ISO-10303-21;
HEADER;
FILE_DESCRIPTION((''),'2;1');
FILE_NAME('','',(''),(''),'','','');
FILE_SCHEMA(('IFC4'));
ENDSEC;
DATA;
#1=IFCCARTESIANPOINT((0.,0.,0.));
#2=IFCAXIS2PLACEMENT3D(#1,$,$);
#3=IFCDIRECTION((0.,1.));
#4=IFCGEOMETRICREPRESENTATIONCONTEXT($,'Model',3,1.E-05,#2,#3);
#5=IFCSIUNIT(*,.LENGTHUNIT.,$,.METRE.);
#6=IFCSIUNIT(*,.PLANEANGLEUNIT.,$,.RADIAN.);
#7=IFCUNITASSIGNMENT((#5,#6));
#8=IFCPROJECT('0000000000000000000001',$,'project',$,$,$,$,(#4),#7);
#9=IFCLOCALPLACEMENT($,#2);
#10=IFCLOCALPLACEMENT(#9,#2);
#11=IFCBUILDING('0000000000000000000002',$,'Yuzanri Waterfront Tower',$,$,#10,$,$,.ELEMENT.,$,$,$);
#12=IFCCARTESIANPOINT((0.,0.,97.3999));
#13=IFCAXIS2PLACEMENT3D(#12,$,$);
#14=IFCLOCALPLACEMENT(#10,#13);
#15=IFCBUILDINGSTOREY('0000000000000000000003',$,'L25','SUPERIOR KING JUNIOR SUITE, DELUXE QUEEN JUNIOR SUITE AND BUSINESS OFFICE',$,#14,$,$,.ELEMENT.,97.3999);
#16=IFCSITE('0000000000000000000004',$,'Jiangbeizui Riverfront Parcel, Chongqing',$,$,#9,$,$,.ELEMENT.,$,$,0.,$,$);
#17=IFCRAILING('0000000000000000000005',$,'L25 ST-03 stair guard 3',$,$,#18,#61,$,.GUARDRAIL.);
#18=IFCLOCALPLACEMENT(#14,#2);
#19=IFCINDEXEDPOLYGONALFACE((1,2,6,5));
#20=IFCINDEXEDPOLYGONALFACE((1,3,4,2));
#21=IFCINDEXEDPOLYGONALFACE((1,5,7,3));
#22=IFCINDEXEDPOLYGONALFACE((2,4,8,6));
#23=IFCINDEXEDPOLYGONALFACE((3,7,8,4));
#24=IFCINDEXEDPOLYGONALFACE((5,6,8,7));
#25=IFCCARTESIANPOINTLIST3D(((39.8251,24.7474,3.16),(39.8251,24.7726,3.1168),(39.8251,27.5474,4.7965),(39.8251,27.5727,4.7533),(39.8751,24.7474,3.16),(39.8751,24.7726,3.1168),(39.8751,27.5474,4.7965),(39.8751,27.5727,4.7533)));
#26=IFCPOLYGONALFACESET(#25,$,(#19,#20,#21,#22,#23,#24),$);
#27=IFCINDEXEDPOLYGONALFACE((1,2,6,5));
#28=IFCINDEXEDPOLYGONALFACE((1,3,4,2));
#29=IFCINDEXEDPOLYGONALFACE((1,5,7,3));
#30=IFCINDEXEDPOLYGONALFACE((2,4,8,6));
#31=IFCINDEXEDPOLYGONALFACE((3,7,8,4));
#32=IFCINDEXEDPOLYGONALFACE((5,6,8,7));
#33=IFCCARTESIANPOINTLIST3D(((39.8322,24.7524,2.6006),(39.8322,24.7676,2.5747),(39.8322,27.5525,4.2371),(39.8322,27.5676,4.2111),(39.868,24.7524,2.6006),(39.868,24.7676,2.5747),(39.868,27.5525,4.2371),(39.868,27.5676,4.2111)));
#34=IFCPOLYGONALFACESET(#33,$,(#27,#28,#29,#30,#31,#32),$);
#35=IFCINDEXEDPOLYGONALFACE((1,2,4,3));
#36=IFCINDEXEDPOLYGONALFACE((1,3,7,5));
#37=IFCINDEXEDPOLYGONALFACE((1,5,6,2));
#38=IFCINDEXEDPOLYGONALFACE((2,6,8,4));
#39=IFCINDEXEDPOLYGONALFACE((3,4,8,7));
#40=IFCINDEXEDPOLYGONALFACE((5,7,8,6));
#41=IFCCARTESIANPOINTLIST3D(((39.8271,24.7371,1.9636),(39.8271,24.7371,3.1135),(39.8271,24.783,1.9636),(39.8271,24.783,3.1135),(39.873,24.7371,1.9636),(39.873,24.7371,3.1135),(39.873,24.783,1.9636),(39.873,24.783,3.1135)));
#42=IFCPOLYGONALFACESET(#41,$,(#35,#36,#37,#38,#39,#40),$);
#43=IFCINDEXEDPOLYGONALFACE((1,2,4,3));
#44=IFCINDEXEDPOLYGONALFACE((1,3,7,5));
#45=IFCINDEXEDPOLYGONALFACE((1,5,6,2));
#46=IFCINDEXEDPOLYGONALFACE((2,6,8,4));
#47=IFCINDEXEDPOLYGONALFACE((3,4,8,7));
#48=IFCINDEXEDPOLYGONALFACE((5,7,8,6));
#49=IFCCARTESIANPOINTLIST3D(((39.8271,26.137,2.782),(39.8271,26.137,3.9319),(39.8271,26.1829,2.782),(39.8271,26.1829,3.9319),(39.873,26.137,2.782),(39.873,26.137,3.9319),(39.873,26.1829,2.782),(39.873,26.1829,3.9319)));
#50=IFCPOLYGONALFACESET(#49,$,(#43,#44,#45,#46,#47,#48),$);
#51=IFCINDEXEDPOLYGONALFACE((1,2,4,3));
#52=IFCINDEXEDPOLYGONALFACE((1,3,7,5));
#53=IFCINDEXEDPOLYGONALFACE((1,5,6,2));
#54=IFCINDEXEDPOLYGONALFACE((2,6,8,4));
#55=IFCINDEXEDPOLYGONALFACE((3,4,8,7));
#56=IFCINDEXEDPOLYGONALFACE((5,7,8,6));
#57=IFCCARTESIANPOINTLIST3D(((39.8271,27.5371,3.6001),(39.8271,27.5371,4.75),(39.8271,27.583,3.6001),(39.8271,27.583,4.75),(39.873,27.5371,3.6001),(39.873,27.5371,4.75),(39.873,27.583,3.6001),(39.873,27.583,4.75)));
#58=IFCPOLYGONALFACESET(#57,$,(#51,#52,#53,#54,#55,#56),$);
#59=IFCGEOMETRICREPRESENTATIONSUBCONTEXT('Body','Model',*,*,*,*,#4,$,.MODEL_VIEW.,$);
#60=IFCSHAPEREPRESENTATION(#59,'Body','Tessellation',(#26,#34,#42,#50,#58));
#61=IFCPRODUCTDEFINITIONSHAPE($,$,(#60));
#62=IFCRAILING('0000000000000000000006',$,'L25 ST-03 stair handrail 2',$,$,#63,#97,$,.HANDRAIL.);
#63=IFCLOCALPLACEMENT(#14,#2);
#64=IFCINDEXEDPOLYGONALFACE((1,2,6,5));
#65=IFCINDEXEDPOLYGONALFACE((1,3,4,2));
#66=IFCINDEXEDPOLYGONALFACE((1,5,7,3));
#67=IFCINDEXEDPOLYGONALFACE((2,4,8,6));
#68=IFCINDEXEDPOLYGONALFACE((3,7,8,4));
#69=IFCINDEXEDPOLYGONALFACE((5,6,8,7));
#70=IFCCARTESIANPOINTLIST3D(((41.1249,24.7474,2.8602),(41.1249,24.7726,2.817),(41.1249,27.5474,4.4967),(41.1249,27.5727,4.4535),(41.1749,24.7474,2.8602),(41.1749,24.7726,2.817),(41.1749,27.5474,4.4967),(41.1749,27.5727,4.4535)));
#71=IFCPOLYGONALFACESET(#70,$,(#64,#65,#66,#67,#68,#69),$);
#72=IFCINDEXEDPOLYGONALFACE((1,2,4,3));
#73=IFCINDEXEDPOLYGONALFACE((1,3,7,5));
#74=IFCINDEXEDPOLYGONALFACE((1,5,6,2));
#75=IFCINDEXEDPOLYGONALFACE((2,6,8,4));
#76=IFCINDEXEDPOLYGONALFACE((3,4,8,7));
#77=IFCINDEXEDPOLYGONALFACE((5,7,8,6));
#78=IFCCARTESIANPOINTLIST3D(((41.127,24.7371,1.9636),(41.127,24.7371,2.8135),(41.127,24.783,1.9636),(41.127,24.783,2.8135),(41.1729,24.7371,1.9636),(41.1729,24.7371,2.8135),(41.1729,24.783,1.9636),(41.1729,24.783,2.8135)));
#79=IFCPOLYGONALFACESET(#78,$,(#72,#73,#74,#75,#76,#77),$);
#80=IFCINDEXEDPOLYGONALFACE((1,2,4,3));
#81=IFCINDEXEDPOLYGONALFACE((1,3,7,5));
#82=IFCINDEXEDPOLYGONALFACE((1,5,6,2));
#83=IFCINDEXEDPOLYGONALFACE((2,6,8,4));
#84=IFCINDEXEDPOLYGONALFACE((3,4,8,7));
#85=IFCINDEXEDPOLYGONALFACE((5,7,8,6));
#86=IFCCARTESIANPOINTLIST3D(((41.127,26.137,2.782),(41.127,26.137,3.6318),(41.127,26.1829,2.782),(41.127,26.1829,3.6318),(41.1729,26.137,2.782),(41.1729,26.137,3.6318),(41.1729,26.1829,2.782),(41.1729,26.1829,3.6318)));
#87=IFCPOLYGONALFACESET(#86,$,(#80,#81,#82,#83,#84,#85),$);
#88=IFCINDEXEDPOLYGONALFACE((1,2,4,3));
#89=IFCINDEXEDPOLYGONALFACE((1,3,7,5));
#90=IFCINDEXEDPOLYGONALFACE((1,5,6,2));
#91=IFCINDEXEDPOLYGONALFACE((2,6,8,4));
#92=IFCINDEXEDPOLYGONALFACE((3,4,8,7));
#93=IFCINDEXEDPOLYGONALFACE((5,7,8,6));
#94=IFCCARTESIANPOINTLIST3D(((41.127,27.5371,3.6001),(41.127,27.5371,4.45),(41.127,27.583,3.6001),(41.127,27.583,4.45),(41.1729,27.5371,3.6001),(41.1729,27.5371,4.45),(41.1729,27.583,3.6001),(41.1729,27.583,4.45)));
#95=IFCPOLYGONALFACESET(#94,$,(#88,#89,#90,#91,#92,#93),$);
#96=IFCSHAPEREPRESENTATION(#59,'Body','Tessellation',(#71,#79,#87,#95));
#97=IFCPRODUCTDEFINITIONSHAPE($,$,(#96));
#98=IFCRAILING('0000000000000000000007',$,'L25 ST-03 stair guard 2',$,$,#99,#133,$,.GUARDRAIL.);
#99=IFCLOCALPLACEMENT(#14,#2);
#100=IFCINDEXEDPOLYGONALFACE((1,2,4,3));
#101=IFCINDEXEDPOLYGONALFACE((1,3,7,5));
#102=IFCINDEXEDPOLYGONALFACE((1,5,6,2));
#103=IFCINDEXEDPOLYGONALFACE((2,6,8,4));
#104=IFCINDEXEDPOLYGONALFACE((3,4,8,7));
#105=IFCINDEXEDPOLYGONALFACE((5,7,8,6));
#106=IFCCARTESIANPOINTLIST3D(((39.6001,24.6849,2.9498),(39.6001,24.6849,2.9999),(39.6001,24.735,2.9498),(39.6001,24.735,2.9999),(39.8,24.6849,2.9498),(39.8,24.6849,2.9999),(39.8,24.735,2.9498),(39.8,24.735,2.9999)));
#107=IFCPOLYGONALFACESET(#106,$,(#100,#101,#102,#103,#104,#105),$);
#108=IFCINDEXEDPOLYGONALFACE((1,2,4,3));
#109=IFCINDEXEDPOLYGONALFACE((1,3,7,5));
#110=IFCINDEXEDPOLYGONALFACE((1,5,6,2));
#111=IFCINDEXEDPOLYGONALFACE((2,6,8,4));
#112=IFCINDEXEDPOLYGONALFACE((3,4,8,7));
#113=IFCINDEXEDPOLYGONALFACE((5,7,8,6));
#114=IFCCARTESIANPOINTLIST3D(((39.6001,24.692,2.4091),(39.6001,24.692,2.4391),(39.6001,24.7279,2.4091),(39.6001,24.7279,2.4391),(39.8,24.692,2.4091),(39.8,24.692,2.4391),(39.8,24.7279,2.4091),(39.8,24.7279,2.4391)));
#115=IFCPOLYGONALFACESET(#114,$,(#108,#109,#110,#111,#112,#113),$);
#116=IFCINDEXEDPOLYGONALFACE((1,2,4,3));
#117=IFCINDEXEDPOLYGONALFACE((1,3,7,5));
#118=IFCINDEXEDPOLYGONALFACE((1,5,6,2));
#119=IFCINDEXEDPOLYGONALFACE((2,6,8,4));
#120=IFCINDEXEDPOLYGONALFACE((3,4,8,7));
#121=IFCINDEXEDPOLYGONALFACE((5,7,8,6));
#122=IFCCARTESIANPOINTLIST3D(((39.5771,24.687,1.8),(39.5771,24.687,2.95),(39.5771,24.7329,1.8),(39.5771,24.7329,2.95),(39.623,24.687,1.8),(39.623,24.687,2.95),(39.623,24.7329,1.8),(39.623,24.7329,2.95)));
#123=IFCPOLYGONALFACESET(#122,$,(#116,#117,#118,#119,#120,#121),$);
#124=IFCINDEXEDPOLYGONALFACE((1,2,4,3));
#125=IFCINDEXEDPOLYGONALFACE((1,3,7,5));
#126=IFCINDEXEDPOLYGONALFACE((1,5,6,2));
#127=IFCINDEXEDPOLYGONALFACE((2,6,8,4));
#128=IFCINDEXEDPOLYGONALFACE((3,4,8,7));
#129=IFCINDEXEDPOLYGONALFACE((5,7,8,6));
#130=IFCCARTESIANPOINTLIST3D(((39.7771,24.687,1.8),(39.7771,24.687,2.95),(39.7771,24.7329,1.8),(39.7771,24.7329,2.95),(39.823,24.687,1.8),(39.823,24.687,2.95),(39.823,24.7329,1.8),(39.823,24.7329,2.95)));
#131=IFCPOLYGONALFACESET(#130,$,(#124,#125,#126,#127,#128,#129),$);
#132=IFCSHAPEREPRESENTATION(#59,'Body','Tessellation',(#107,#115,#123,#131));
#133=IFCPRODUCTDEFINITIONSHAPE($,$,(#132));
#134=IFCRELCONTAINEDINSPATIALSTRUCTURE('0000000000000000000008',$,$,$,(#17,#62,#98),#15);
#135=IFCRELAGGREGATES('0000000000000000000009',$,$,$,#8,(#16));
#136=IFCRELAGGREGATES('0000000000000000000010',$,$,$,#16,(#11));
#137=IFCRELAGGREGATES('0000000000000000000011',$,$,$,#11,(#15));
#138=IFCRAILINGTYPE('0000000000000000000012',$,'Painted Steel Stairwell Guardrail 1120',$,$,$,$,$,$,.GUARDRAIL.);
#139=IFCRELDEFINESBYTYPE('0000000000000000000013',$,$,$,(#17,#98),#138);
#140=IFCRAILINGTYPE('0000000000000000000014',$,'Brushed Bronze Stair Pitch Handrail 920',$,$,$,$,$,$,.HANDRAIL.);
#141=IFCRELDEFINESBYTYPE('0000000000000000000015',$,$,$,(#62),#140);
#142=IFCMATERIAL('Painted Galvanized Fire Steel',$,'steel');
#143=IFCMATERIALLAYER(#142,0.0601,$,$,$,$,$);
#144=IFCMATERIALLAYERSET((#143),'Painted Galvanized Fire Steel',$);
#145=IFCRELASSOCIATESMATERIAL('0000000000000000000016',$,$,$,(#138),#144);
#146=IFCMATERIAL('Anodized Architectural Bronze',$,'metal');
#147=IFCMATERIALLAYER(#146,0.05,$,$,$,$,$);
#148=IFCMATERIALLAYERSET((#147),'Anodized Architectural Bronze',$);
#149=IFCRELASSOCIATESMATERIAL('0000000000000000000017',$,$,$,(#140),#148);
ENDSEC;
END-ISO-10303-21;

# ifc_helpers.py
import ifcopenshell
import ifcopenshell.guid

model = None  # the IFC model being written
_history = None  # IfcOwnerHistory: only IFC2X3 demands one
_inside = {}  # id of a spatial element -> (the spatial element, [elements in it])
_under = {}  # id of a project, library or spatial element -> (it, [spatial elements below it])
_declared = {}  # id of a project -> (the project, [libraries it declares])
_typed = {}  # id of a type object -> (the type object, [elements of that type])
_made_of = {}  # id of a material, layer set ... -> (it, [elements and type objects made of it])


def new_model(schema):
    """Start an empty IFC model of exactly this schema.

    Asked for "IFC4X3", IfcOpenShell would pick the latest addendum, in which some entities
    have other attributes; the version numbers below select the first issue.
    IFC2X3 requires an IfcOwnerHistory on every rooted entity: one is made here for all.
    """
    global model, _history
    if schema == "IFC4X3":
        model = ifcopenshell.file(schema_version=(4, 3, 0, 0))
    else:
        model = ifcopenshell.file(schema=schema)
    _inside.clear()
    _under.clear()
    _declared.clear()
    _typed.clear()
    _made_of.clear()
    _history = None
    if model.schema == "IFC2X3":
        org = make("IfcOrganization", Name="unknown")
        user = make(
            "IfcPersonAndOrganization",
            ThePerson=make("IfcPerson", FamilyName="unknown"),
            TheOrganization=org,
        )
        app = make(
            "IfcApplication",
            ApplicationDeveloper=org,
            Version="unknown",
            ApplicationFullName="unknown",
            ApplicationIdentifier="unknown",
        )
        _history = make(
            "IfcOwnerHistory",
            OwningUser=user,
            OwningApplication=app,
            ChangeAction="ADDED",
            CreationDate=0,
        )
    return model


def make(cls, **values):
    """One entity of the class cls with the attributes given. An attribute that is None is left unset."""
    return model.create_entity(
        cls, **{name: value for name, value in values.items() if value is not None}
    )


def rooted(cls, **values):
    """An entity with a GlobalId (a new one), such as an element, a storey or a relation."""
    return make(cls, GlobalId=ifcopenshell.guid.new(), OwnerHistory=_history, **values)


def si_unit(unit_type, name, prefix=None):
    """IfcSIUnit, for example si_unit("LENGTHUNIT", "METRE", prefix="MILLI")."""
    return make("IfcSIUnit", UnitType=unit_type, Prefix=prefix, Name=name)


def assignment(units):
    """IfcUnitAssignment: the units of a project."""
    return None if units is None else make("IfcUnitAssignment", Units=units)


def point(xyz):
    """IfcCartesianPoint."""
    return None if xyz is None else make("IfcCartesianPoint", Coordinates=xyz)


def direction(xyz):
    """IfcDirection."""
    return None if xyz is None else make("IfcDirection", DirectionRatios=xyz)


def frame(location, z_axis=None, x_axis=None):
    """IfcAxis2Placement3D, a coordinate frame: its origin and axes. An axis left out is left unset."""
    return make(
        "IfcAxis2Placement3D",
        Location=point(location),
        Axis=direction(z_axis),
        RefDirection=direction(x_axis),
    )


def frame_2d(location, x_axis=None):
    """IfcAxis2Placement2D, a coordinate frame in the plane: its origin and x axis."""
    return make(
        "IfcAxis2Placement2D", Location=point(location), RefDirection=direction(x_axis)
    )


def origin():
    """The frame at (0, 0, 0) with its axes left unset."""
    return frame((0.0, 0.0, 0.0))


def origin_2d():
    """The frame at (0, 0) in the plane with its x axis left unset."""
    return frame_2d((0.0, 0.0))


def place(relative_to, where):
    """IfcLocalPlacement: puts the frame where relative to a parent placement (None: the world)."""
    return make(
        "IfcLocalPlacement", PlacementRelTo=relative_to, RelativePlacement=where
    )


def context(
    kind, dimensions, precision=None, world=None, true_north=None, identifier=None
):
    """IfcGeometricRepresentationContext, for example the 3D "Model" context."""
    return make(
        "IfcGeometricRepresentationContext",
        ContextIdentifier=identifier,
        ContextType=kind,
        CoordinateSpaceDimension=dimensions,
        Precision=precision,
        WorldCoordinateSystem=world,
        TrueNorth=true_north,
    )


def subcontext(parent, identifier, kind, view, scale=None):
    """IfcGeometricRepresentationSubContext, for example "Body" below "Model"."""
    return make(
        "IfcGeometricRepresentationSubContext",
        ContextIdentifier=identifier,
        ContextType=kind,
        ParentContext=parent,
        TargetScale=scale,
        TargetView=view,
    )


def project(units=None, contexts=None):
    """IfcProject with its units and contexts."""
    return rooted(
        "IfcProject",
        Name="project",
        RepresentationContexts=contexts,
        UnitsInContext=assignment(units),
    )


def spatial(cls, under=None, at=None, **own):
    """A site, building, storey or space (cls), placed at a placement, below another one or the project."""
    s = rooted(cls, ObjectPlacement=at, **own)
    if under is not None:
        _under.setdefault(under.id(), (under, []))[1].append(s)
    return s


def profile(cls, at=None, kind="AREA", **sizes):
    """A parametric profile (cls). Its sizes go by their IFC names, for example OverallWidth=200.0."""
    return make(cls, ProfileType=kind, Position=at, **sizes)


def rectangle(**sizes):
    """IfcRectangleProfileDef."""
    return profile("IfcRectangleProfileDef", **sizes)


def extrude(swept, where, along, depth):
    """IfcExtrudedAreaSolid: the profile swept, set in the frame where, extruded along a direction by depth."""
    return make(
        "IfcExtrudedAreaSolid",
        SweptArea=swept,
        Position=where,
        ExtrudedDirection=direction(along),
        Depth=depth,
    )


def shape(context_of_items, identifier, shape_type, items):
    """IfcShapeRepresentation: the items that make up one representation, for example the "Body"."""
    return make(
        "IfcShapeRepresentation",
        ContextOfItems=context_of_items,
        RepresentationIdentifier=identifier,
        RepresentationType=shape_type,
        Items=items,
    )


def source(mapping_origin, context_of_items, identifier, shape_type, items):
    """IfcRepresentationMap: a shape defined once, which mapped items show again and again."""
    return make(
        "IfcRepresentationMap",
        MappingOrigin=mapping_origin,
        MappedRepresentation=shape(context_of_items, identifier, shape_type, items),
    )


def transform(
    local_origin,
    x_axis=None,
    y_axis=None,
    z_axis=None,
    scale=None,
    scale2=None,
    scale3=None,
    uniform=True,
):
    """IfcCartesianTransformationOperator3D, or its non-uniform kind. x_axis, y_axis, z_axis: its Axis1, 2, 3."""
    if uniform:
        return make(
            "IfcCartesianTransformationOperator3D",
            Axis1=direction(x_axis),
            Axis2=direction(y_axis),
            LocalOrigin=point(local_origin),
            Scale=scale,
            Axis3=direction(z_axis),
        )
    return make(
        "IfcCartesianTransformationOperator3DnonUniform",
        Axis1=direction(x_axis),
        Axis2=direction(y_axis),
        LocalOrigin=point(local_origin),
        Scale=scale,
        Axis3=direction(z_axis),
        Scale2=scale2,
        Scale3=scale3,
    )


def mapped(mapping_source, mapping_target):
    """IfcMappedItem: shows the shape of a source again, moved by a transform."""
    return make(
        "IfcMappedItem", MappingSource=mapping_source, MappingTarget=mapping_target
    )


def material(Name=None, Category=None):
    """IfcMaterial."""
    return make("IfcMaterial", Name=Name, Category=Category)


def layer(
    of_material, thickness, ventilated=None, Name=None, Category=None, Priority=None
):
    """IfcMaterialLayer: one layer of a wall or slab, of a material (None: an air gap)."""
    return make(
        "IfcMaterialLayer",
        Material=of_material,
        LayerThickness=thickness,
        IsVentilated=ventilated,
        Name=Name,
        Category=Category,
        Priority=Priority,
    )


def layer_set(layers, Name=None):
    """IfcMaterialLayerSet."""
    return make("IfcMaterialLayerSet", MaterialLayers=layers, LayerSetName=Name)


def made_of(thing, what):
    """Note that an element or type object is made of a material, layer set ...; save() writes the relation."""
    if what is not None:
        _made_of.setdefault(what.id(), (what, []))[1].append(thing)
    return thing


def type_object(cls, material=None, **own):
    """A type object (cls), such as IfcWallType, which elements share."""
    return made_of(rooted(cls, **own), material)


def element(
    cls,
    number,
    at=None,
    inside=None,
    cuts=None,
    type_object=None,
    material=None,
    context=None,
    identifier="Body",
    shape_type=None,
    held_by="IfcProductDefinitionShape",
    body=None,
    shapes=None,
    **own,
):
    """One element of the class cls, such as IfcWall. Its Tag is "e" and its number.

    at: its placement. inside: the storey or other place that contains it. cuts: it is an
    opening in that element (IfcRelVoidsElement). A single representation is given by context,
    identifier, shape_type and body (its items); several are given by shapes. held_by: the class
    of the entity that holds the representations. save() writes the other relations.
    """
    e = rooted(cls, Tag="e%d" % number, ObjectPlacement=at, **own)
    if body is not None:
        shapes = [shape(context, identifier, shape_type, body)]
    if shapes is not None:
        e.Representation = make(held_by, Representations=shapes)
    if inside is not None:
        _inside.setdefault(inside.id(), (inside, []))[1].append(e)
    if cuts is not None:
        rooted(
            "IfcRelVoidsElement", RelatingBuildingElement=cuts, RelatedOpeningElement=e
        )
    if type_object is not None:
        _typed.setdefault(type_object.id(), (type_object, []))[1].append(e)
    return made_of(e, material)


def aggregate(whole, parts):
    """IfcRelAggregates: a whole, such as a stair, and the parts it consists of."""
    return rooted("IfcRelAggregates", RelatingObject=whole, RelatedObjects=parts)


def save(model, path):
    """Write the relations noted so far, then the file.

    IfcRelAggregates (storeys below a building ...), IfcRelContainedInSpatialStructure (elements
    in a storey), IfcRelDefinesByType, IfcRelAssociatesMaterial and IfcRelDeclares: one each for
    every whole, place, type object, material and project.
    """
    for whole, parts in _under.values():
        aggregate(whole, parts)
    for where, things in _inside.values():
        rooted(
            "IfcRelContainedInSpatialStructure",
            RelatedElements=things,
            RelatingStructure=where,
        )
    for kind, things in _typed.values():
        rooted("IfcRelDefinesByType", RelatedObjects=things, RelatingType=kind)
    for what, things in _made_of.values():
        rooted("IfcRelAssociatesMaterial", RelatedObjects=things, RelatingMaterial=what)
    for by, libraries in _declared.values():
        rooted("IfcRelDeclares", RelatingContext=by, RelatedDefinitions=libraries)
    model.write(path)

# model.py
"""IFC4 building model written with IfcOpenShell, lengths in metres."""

from ifc_helpers import new_model, si_unit, direction, frame, origin, origin_2d, place, context, subcontext, project, spatial, rectangle, extrude, source, transform, mapped, material, layer, layer_set, type_object, element, save


model = new_model("IFC4")

# Units and contexts
model_context = context("Model", 3, precision=1e-05, world=origin(), true_north=direction((0.0, 1.0)))
body_context = subcontext(model_context, "Body", "Model", "MODEL_VIEW")
ifc_project = project(units=[si_unit("LENGTHUNIT", "METRE"), si_unit("PLANEANGLEUNIT", "RADIAN")], contexts=[model_context])

# Site, building, storey
site_placement = place(None, origin())
site = spatial("IfcSite", under=ifc_project, at=site_placement, Name="Jiangbeizui Riverfront Parcel, Chongqing", CompositionType="ELEMENT", RefElevation=0.0)
building_placement = place(site_placement, origin())
building = spatial("IfcBuilding", under=site, at=building_placement, Name="Yuzanri Waterfront Tower", CompositionType="ELEMENT")
storey_placement = place(building_placement, frame((0.0, 0.0, 97.3999)))
storey = spatial("IfcBuildingStorey", under=building, at=storey_placement, Name="L25", Description="SUPERIOR KING JUNIOR SUITE, DELUXE QUEEN JUNIOR SUITE AND BUSINESS OFFICE", CompositionType="ELEMENT", Elevation=97.3999)

# Railings
ifc_material_1 = material(Name="Painted Galvanized Fire Steel", Category="steel")
ifc_layer_1 = layer(ifc_material_1, 0.0601)
ifc_layer_set_1 = layer_set([ifc_layer_1], Name="Painted Galvanized Fire Steel")
railing_type_1 = type_object("IfcRailingType", Name="Painted Steel Stairwell Guardrail 1120", PredefinedType="GUARDRAIL", material=ifc_layer_set_1)
shared_shape_1 = source(origin(), body_context, "Body", "SweptSolid", [
    extrude(rectangle(XDim=0.05, YDim=0.05, at=origin_2d()), frame((0.0, 0.0, 1.1748), z_axis=(0.0, 0.863361, 0.504587), x_axis=(-1.0, 0.0, 0.0)), (0.0, 0.0, 1.0), 3.2432),
    extrude(rectangle(XDim=0.0359, YDim=0.03, at=origin_2d()), frame((0.0, 0.0, 0.624), z_axis=(0.0, 0.863361, 0.504587), x_axis=(-1.0, 0.0, 0.0)), (0.0, 0.0, 1.0), 3.2432),
    extrude(rectangle(XDim=0.0459, YDim=0.0459, at=origin_2d()), origin(), (0.0, 0.0, 1.0), 1.1499),
    extrude(rectangle(XDim=0.0459, YDim=0.0459, at=origin_2d()), frame((0.0, 1.3999, 0.8184)), (0.0, 0.0, 1.0), 1.1499),
    extrude(rectangle(XDim=0.0459, YDim=0.0459, at=origin_2d()), frame((0.0, 2.8, 1.6365)), (0.0, 0.0, 1.0), 1.1499),
])
railing_1_placement = place(storey_placement, frame((39.8501, 24.76, 1.9636)))
element("IfcRailing", 1, at=railing_1_placement, inside=storey, type_object=railing_type_1, Name="L25 ST-03 stair guard 3", PredefinedType="GUARDRAIL", context=body_context, shape_type="MappedRepresentation", body=[
    mapped(shared_shape_1, transform((0.0, 0.0, 0.0), scale=1.0)),
])
ifc_material_2 = material(Name="Anodized Architectural Bronze", Category="metal")
ifc_layer_2 = layer(ifc_material_2, 0.05)
ifc_layer_set_2 = layer_set([ifc_layer_2], Name="Anodized Architectural Bronze")
railing_type_2 = type_object("IfcRailingType", Name="Brushed Bronze Stair Pitch Handrail 920", PredefinedType="HANDRAIL", material=ifc_layer_set_2)
shared_shape_2 = source(origin(), body_context, "Body", "SweptSolid", [
    extrude(rectangle(XDim=0.05, YDim=0.05, at=origin_2d()), frame((0.0, 0.0, 0.875), z_axis=(0.0, 0.863361, 0.504587), x_axis=(-1.0, 0.0, 0.0)), (0.0, 0.0, 1.0), 3.2432),
    extrude(rectangle(XDim=0.0459, YDim=0.0459, at=origin_2d()), origin(), (0.0, 0.0, 1.0), 0.8499),
    extrude(rectangle(XDim=0.0459, YDim=0.0459, at=origin_2d()), frame((0.0, 1.3999, 0.8184)), (0.0, 0.0, 1.0), 0.8499),
    extrude(rectangle(XDim=0.0459, YDim=0.0459, at=origin_2d()), frame((0.0, 2.8, 1.6365)), (0.0, 0.0, 1.0), 0.8499),
])
railing_2_placement = place(storey_placement, frame((41.1499, 24.76, 1.9636)))
element("IfcRailing", 2, at=railing_2_placement, inside=storey, type_object=railing_type_2, Name="L25 ST-03 stair handrail 2", PredefinedType="HANDRAIL", context=body_context, shape_type="MappedRepresentation", body=[
    mapped(shared_shape_2, transform((0.0, 0.0, 0.0), scale=1.0)),
])
shared_shape_3 = source(origin(), body_context, "Body", "SweptSolid", [
    extrude(rectangle(XDim=0.05, YDim=0.05, at=origin_2d()), frame((0.0, 0.0, 1.1748), z_axis=(1.0, 0.0, 0.0), x_axis=(0.0, 1.0, 0.0)), (0.0, 0.0, 1.0), 0.2),
    extrude(rectangle(XDim=0.0359, YDim=0.03, at=origin_2d()), frame((0.0, 0.0, 0.624), z_axis=(1.0, 0.0, 0.0), x_axis=(0.0, 1.0, 0.0)), (0.0, 0.0, 1.0), 0.2),
    extrude(rectangle(XDim=0.0459, YDim=0.0459, at=origin_2d()), origin(), (0.0, 0.0, 1.0), 1.1499),
    extrude(rectangle(XDim=0.0459, YDim=0.0459, at=origin_2d()), frame((0.2, 0.0, 0.0)), (0.0, 0.0, 1.0), 1.1499),
])
railing_3_placement = place(storey_placement, frame((39.6001, 24.71, 1.8)))
element("IfcRailing", 3, at=railing_3_placement, inside=storey, type_object=railing_type_1, Name="L25 ST-03 stair guard 2", PredefinedType="GUARDRAIL", context=body_context, shape_type="MappedRepresentation", body=[
    mapped(shared_shape_3, transform((0.0, 0.0, 0.0), scale=1.0)),
])

save(model, "model.ifc")
